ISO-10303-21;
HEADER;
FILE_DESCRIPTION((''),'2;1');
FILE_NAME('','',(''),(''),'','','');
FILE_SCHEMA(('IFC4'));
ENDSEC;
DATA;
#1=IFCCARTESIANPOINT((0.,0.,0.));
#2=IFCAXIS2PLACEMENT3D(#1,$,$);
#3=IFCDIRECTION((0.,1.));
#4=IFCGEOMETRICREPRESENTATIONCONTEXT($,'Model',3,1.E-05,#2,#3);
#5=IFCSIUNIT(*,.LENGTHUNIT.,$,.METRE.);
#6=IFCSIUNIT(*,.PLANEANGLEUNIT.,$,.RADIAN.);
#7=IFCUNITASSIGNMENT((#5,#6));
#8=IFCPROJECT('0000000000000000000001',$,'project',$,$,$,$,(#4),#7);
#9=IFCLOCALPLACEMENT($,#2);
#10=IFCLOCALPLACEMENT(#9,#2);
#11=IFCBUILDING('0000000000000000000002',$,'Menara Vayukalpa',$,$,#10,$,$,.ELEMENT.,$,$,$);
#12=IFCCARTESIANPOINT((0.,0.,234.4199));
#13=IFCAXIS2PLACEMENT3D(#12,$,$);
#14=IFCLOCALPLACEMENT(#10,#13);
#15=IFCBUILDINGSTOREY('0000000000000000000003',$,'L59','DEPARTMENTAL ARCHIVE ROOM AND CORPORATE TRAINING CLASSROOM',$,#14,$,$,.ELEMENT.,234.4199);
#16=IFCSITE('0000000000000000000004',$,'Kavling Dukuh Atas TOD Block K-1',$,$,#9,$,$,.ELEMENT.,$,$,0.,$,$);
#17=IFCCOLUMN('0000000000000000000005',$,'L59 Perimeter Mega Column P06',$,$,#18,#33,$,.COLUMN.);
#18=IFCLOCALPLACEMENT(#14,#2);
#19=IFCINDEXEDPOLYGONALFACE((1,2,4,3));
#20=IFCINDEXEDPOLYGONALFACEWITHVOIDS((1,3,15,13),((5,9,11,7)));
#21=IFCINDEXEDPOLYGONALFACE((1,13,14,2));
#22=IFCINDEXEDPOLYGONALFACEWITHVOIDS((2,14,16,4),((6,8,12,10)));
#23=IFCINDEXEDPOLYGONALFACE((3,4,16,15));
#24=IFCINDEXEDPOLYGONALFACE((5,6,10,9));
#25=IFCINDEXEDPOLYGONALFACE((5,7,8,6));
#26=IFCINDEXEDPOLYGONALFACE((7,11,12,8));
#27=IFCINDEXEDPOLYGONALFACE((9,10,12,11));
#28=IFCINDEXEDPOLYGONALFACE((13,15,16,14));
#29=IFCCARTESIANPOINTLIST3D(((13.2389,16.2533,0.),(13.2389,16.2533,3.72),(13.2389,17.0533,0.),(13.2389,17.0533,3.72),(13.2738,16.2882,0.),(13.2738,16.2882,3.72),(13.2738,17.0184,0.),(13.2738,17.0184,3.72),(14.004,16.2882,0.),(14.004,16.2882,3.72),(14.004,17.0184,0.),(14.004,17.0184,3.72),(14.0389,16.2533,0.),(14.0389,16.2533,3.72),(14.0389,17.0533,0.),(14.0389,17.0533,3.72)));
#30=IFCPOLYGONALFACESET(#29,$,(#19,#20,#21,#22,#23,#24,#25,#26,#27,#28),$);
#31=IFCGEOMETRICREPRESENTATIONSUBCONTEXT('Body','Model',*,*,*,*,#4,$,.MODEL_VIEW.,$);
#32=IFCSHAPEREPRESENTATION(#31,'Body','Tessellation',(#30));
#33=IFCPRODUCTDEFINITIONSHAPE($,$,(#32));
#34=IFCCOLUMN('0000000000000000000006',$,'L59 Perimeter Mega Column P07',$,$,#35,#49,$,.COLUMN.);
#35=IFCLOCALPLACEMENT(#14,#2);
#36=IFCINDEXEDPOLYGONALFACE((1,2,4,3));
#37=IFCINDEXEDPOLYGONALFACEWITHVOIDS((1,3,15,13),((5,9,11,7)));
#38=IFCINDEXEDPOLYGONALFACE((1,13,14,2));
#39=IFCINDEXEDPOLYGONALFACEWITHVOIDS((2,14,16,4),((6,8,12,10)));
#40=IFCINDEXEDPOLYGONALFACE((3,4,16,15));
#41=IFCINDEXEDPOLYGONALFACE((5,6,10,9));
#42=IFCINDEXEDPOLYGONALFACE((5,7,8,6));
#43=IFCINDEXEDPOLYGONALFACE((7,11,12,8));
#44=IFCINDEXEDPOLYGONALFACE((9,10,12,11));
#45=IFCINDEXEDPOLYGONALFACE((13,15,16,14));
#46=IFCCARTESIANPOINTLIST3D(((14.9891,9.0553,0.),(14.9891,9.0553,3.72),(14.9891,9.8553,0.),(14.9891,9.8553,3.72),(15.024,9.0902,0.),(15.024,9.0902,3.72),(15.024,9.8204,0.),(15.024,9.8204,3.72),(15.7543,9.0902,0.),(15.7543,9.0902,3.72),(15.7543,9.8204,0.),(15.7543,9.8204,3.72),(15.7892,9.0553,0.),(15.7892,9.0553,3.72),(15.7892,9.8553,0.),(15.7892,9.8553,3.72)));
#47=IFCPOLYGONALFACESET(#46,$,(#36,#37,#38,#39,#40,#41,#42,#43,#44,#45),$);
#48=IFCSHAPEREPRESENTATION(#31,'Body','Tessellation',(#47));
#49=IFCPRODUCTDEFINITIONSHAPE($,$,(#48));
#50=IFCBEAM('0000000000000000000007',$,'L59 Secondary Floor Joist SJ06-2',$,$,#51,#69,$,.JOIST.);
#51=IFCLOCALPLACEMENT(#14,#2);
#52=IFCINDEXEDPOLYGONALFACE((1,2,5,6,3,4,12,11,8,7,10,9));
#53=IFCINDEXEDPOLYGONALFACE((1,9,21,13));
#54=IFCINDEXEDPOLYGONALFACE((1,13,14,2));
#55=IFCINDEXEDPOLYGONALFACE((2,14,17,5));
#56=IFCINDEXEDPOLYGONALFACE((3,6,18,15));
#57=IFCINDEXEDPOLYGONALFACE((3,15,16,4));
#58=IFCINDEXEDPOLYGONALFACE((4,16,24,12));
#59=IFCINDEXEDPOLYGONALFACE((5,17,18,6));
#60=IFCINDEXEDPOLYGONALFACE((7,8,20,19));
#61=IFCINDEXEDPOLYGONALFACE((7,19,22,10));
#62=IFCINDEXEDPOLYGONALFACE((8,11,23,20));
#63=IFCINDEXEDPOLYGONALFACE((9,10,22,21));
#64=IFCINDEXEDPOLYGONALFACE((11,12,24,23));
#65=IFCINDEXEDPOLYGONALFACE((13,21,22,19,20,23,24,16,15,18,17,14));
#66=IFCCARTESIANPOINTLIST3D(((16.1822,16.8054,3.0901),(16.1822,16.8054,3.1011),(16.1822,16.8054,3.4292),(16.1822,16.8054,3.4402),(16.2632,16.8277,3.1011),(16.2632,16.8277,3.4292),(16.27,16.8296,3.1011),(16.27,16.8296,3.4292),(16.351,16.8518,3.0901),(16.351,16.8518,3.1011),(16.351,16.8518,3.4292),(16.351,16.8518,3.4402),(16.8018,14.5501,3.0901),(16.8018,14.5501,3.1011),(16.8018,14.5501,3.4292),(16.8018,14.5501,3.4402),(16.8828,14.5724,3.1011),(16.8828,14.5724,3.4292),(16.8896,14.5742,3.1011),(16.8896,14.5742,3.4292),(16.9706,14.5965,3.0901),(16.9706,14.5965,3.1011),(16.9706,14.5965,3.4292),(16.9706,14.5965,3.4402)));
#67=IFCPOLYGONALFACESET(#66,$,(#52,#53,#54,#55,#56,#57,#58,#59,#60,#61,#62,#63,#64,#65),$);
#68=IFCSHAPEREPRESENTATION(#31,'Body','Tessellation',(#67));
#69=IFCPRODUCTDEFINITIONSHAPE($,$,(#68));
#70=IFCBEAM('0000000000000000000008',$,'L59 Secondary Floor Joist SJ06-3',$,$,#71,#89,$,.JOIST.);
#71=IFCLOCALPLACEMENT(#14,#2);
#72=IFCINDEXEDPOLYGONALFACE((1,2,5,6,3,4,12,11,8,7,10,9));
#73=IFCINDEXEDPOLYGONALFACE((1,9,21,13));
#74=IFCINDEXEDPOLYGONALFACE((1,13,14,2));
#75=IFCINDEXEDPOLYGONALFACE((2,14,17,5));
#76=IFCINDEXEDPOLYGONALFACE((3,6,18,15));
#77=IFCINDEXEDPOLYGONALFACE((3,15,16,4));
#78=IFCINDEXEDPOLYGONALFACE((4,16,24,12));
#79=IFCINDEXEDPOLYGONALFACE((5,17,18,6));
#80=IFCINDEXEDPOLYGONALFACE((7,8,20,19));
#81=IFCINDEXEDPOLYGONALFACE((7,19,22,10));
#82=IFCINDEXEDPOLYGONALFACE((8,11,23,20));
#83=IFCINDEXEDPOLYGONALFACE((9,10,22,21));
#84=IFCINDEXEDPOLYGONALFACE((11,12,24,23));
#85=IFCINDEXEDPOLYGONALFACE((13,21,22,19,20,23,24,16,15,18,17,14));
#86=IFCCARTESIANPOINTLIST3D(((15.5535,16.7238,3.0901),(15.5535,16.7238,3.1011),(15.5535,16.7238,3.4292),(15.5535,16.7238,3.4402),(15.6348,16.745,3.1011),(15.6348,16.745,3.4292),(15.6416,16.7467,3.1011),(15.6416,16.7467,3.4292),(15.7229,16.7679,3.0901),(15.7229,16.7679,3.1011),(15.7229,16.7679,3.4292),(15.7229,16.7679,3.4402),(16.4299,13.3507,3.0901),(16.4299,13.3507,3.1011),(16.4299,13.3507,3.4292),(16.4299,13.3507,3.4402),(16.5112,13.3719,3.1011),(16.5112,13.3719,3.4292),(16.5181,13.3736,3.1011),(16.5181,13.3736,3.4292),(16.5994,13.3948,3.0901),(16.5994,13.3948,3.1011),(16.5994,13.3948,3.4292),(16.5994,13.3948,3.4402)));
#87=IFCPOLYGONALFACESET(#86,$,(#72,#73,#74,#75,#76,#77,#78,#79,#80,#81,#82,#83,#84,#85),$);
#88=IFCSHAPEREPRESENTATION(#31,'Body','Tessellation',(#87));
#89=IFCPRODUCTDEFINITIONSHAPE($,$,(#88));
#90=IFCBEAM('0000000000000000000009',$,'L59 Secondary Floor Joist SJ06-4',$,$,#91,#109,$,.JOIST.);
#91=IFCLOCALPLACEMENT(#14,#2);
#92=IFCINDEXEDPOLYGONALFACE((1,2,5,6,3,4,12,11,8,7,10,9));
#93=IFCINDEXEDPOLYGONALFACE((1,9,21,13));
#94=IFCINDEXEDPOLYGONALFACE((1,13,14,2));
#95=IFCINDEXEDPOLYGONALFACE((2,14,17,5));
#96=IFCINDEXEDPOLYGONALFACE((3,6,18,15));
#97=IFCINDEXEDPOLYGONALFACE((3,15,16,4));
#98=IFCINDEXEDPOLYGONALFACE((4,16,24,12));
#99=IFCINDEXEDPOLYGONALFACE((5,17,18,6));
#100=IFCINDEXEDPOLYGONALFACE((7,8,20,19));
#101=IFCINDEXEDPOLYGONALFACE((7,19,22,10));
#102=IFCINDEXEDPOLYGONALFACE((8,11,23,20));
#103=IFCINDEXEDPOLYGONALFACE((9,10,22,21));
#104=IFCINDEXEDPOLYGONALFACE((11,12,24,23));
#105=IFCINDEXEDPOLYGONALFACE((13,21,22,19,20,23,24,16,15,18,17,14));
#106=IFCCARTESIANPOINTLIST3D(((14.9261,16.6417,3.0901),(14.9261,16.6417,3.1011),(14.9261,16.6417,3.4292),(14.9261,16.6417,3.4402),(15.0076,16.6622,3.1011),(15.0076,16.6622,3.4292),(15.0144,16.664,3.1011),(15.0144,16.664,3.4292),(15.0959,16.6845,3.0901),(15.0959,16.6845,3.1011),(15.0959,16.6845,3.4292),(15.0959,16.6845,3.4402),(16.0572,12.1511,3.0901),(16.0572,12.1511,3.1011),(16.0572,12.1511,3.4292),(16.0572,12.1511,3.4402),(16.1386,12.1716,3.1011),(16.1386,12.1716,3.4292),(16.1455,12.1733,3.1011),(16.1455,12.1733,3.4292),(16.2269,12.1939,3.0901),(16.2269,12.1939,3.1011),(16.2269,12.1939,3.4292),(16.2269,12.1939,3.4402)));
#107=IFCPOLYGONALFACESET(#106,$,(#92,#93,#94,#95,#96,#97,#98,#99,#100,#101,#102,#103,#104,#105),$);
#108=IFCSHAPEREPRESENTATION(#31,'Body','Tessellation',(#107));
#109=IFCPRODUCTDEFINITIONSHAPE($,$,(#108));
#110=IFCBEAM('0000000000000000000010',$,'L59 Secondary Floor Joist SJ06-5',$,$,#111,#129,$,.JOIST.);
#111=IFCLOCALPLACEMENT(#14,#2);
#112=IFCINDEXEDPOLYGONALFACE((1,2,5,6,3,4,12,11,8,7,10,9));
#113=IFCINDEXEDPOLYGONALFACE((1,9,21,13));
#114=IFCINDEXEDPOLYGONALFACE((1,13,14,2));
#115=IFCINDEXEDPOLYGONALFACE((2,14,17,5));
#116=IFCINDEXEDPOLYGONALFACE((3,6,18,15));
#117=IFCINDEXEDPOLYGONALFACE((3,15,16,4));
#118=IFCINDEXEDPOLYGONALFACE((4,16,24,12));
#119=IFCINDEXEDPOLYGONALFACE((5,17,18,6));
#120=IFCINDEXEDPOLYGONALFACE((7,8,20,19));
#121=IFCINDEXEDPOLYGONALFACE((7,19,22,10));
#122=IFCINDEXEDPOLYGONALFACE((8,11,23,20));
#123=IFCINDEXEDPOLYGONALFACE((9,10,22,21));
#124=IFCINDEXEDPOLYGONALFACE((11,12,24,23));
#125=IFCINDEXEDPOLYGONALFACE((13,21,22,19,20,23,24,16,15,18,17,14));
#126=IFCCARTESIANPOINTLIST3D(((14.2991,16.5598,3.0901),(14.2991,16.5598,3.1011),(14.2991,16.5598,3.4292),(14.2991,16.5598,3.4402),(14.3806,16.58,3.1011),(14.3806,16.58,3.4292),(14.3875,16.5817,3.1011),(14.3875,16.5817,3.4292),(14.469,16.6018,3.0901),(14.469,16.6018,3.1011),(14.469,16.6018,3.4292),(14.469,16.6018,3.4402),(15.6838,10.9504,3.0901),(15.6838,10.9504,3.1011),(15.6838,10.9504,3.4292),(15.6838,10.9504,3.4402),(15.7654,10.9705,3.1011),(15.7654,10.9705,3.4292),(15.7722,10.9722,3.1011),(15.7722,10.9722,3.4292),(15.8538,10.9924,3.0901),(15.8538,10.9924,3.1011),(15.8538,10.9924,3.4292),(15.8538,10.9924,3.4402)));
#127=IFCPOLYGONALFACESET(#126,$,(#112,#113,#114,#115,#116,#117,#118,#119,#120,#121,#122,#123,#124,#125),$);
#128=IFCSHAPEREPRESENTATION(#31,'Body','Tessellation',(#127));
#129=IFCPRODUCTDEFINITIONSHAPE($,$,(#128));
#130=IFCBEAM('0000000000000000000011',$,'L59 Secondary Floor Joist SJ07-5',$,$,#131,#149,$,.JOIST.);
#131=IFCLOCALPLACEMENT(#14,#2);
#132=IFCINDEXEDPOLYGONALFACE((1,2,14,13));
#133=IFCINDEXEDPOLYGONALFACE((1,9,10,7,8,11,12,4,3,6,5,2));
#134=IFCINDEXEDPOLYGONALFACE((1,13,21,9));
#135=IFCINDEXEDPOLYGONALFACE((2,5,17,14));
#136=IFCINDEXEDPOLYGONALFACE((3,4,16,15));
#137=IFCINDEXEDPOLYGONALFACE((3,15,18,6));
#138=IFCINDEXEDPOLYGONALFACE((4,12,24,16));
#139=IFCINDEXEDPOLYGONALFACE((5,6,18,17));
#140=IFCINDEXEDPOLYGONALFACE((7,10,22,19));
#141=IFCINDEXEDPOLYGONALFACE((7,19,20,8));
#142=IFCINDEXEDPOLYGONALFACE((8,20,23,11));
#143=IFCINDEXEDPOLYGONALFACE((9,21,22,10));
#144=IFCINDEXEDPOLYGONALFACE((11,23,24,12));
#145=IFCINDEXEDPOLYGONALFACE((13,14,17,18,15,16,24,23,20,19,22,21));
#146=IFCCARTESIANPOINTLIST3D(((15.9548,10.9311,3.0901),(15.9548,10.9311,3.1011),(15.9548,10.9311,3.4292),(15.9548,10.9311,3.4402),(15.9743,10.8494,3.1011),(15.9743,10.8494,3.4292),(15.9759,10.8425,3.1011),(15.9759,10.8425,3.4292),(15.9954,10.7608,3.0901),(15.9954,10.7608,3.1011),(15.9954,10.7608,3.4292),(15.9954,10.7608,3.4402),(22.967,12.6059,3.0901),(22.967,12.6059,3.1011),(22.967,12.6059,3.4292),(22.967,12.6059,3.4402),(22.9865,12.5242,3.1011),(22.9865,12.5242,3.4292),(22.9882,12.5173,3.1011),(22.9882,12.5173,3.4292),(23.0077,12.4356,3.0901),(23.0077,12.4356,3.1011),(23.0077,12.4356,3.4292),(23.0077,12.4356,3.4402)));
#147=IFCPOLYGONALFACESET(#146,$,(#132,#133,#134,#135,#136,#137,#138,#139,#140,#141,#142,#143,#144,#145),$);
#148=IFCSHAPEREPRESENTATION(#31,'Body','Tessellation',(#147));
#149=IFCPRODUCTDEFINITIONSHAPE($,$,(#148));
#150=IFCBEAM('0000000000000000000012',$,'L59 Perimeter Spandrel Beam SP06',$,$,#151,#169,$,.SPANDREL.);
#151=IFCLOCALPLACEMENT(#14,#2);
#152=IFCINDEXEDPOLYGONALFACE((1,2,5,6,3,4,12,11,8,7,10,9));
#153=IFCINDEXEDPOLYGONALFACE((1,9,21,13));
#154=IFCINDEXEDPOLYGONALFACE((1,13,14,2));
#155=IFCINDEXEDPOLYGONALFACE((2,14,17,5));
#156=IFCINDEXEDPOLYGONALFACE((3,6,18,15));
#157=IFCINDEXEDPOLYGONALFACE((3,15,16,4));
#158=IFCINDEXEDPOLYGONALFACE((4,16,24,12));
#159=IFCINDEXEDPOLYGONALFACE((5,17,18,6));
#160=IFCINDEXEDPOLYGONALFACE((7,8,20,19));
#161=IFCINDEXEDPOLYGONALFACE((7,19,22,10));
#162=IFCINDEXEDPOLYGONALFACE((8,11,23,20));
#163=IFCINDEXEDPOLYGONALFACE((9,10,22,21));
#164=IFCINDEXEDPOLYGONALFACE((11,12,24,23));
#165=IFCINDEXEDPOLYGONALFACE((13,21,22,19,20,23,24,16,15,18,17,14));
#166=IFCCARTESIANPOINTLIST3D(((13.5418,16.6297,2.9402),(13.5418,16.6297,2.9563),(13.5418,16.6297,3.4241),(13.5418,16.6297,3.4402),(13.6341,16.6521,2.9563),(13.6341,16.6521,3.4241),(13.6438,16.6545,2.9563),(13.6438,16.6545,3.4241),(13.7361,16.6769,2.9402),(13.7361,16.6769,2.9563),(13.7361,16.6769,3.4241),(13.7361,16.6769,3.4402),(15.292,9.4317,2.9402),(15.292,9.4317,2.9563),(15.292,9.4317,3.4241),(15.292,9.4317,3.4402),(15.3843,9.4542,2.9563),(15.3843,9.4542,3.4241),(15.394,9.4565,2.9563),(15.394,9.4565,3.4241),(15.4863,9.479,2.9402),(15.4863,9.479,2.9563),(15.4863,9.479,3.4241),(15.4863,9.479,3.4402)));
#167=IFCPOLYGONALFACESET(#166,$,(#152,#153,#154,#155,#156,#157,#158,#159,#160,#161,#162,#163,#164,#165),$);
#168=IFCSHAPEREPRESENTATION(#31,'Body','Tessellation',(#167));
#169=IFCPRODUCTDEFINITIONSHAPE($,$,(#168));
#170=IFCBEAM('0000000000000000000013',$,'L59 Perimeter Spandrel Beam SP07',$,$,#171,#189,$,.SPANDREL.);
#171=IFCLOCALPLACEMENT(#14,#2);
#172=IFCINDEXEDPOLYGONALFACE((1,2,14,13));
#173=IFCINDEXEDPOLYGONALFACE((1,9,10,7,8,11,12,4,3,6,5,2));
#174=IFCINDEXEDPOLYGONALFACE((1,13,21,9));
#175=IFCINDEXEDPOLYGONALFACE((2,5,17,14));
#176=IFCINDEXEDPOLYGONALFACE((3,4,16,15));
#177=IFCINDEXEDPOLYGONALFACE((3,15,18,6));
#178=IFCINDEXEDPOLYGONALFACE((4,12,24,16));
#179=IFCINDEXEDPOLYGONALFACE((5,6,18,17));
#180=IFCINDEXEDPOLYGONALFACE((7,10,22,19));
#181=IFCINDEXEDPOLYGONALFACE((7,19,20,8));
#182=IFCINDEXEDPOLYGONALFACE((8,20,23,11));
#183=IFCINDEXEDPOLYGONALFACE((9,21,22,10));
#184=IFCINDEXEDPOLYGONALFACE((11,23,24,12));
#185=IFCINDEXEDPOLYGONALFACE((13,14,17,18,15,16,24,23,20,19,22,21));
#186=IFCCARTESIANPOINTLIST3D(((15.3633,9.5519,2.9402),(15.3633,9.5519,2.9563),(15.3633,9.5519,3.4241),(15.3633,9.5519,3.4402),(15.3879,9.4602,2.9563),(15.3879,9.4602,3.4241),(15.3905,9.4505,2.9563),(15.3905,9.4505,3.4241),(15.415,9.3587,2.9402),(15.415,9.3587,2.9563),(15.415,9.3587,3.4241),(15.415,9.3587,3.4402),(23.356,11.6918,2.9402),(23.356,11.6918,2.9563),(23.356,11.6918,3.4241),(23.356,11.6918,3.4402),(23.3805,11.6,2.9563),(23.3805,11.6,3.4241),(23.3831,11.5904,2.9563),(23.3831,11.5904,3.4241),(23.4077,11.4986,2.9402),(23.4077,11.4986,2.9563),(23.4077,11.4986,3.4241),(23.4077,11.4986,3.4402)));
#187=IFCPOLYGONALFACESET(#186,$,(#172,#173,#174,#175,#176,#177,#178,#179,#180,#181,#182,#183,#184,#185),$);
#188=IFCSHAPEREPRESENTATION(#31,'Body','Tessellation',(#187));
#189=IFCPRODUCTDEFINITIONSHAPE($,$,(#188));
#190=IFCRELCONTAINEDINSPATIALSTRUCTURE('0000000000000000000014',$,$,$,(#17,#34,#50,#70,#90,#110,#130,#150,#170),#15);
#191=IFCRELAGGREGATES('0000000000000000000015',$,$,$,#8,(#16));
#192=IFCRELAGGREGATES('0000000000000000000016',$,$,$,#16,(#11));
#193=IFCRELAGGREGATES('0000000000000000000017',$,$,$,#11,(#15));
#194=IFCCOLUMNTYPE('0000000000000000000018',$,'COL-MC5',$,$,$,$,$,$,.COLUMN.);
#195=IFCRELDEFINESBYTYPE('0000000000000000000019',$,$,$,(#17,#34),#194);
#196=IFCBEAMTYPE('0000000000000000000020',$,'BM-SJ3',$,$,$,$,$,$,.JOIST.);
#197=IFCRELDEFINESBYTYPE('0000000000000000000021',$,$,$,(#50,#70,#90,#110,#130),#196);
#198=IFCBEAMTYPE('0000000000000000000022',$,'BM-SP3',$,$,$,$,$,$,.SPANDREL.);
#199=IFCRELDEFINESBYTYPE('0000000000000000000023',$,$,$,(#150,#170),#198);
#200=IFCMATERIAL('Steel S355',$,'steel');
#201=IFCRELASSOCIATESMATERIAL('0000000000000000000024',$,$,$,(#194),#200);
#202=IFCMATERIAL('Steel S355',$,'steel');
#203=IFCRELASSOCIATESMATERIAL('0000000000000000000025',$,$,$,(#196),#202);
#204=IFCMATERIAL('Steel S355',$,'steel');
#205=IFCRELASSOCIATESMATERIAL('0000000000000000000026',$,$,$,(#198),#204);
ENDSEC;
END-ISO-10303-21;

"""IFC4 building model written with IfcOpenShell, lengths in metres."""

from ifc_helpers import new_model, si_unit, direction, frame, origin, origin_2d, place, context, subcontext, project, spatial, hollow_rectangle, i_section, extrude, material, material_profile, profile_set, type_object, element, save


model = new_model("IFC4")

# Units and contexts
model_context = context("Model", 3, precision=1e-05, world=origin(), true_north=direction((0.0, 1.0)))
body_context = subcontext(model_context, "Body", "Model", "MODEL_VIEW")
ifc_project = project(units=[si_unit("LENGTHUNIT", "METRE"), si_unit("PLANEANGLEUNIT", "RADIAN")], contexts=[model_context])

# Site, building, storey
site_placement = place(None, origin())
site = spatial("IfcSite", under=ifc_project, at=site_placement, Name="Kavling Dukuh Atas TOD Block K-1", CompositionType="ELEMENT", RefElevation=0.0)
building_placement = place(site_placement, origin())
building = spatial("IfcBuilding", under=site, at=building_placement, Name="Menara Vayukalpa", CompositionType="ELEMENT")
storey_placement = place(building_placement, frame((0.0, 0.0, 234.4199)))
storey = spatial("IfcBuildingStorey", under=building, at=storey_placement, Name="L59", Description="DEPARTMENTAL ARCHIVE ROOM AND CORPORATE TRAINING CLASSROOM", CompositionType="ELEMENT", Elevation=234.4199)

# Columns
ifc_material_1 = material(Name="Steel S355", Category="steel")
ifc_material_profile_1 = material_profile(ifc_material_1, hollow_rectangle(XDim=0.8, YDim=0.8, WallThickness=0.0349, at=origin_2d()), Name="BOX 800x800x35")
ifc_profile_set_1 = profile_set([ifc_material_profile_1], Name="Steel S355")
column_type = type_object("IfcColumnType", Name="COL-MC5", PredefinedType="COLUMN", material=ifc_profile_set_1)
for number, where, z_axis, x_axis, name in (
    (1, (13.6389, 16.6533, 0.0), (0.0, 0.0, 1.0), (1.0, 0.0, 0.0), "L59 Perimeter Mega Column P06"),
    (2, (15.3892, 9.4553, 0.0), (0.0, 0.0, 1.0), (1.0, 0.0, 0.0), "L59 Perimeter Mega Column P07"),
):
    element("IfcColumn", number, at=place(storey_placement, frame(where, z_axis=z_axis, x_axis=x_axis)), inside=storey, type_object=column_type, Name=name, PredefinedType="COLUMN", context=body_context, shape_type="SweptSolid", body=[
        extrude(hollow_rectangle(XDim=0.8, YDim=0.8, WallThickness=0.0349, at=origin_2d()), origin(), (0.0, 0.0, 1.0), 3.72),
    ])

# Beams
ifc_material_2 = material(Name="Steel S355", Category="steel")
ifc_material_profile_2 = material_profile(ifc_material_2, i_section(OverallWidth=0.175, OverallDepth=0.3501, WebThickness=0.0071, FlangeThickness=0.011, at=origin_2d()), Name="WF 350x175x7x11")
ifc_profile_set_2 = profile_set([ifc_material_profile_2], Name="Steel S355")
beam_type_1 = type_object("IfcBeamType", Name="BM-SJ3", PredefinedType="JOIST", material=ifc_profile_set_2)
beam_1_placement = place(storey_placement, frame((16.2666, 16.8286, 3.2651), z_axis=(0.264919, -0.964271, 0.0), x_axis=(0.964271, 0.264919, 0.0)))
element("IfcBeam", 3, at=beam_1_placement, inside=storey, type_object=beam_type_1, Name="L59 Secondary Floor Joist SJ06-2", PredefinedType="JOIST", context=body_context, shape_type="SweptSolid", body=[
    extrude(i_section(OverallWidth=0.175, OverallDepth=0.3501, WebThickness=0.0071, FlangeThickness=0.011, at=origin_2d()), origin(), (0.0, 0.0, 1.0), 2.3389),
])
beam_2_placement = place(storey_placement, frame((15.6382, 16.7458, 3.2651), z_axis=(0.251492, -0.967859, 0.0), x_axis=(0.967859, 0.251492, 0.0)))
element("IfcBeam", 4, at=beam_2_placement, inside=storey, type_object=beam_type_1, Name="L59 Secondary Floor Joist SJ06-3", PredefinedType="JOIST", context=body_context, shape_type="SweptSolid", body=[
    extrude(i_section(OverallWidth=0.175, OverallDepth=0.3501, WebThickness=0.0071, FlangeThickness=0.011, at=origin_2d()), origin(), (0.0, 0.0, 1.0), 3.4851),
])
beam_3_placement = place(storey_placement, frame((15.011, 16.6631, 3.2651), z_axis=(0.244247, -0.969713, 0.0), x_axis=(0.969713, 0.244247, 0.0)))
element("IfcBeam", 5, at=beam_3_placement, inside=storey, type_object=beam_type_1, Name="L59 Secondary Floor Joist SJ06-4", PredefinedType="JOIST", context=body_context, shape_type="SweptSolid", body=[
    extrude(i_section(OverallWidth=0.175, OverallDepth=0.3501, WebThickness=0.0071, FlangeThickness=0.011, at=origin_2d()), origin(), (0.0, 0.0, 1.0), 4.6309),
])
beam_4_placement = place(storey_placement, frame((14.384, 16.5808, 3.2651), z_axis=(0.239671, -0.970854, 0.0), x_axis=(0.970854, 0.239671, 0.0)))
element("IfcBeam", 6, at=beam_4_placement, inside=storey, type_object=beam_type_1, Name="L59 Secondary Floor Joist SJ06-5", PredefinedType="JOIST", context=body_context, shape_type="SweptSolid", body=[
    extrude(i_section(OverallWidth=0.175, OverallDepth=0.3501, WebThickness=0.0071, FlangeThickness=0.011, at=origin_2d()), origin(), (0.0, 0.0, 1.0), 5.7778),
])
beam_5_placement = place(storey_placement, frame((15.9751, 10.8459, 3.2651), z_axis=(0.972642, 0.232307, 0.0), x_axis=(-0.232307, 0.972642, 0.0)))
element("IfcBeam", 7, at=beam_5_placement, inside=storey, type_object=beam_type_1, Name="L59 Secondary Floor Joist SJ07-5", PredefinedType="JOIST", context=body_context, shape_type="SweptSolid", body=[
    extrude(i_section(OverallWidth=0.175, OverallDepth=0.3501, WebThickness=0.0071, FlangeThickness=0.011, at=origin_2d()), origin(), (0.0, 0.0, 1.0), 7.2095),
])
ifc_material_3 = material(Name="Steel S355", Category="steel")
ifc_material_profile_3 = material_profile(ifc_material_3, i_section(OverallWidth=0.2, OverallDepth=0.5, WebThickness=0.01, FlangeThickness=0.0161, at=origin_2d()), Name="WF 500x200x10x16")
ifc_profile_set_3 = profile_set([ifc_material_profile_3], Name="Steel S355")
beam_type_2 = type_object("IfcBeamType", Name="BM-SP3", PredefinedType="SPANDREL", material=ifc_profile_set_3)
beam_6_placement = place(storey_placement, frame((13.6389, 16.6533, 3.1902), z_axis=(0.236273, -0.971687, 0.0), x_axis=(0.971687, 0.236273, 0.0)))
element("IfcBeam", 8, at=beam_6_placement, inside=storey, type_object=beam_type_2, Name="L59 Perimeter Spandrel Beam SP06", PredefinedType="SPANDREL", context=body_context, shape_type="SweptSolid", body=[
    extrude(i_section(OverallWidth=0.2, OverallDepth=0.5, WebThickness=0.01, FlangeThickness=0.0161, at=origin_2d()), origin(), (0.0, 0.0, 1.0), 7.4077),
])
beam_7_placement = place(storey_placement, frame((15.3892, 9.4553, 3.1902), z_axis=(0.965978, 0.258623, 0.0), x_axis=(-0.258623, 0.965978, 0.0)))
element("IfcBeam", 9, at=beam_7_placement, inside=storey, type_object=beam_type_2, Name="L59 Perimeter Spandrel Beam SP07", PredefinedType="SPANDREL", context=body_context, shape_type="SweptSolid", body=[
    extrude(i_section(OverallWidth=0.2, OverallDepth=0.5, WebThickness=0.01, FlangeThickness=0.0161, at=origin_2d()), origin(), (0.0, 0.0, 1.0), 8.2742),
])

save(model, "model.ifc")
